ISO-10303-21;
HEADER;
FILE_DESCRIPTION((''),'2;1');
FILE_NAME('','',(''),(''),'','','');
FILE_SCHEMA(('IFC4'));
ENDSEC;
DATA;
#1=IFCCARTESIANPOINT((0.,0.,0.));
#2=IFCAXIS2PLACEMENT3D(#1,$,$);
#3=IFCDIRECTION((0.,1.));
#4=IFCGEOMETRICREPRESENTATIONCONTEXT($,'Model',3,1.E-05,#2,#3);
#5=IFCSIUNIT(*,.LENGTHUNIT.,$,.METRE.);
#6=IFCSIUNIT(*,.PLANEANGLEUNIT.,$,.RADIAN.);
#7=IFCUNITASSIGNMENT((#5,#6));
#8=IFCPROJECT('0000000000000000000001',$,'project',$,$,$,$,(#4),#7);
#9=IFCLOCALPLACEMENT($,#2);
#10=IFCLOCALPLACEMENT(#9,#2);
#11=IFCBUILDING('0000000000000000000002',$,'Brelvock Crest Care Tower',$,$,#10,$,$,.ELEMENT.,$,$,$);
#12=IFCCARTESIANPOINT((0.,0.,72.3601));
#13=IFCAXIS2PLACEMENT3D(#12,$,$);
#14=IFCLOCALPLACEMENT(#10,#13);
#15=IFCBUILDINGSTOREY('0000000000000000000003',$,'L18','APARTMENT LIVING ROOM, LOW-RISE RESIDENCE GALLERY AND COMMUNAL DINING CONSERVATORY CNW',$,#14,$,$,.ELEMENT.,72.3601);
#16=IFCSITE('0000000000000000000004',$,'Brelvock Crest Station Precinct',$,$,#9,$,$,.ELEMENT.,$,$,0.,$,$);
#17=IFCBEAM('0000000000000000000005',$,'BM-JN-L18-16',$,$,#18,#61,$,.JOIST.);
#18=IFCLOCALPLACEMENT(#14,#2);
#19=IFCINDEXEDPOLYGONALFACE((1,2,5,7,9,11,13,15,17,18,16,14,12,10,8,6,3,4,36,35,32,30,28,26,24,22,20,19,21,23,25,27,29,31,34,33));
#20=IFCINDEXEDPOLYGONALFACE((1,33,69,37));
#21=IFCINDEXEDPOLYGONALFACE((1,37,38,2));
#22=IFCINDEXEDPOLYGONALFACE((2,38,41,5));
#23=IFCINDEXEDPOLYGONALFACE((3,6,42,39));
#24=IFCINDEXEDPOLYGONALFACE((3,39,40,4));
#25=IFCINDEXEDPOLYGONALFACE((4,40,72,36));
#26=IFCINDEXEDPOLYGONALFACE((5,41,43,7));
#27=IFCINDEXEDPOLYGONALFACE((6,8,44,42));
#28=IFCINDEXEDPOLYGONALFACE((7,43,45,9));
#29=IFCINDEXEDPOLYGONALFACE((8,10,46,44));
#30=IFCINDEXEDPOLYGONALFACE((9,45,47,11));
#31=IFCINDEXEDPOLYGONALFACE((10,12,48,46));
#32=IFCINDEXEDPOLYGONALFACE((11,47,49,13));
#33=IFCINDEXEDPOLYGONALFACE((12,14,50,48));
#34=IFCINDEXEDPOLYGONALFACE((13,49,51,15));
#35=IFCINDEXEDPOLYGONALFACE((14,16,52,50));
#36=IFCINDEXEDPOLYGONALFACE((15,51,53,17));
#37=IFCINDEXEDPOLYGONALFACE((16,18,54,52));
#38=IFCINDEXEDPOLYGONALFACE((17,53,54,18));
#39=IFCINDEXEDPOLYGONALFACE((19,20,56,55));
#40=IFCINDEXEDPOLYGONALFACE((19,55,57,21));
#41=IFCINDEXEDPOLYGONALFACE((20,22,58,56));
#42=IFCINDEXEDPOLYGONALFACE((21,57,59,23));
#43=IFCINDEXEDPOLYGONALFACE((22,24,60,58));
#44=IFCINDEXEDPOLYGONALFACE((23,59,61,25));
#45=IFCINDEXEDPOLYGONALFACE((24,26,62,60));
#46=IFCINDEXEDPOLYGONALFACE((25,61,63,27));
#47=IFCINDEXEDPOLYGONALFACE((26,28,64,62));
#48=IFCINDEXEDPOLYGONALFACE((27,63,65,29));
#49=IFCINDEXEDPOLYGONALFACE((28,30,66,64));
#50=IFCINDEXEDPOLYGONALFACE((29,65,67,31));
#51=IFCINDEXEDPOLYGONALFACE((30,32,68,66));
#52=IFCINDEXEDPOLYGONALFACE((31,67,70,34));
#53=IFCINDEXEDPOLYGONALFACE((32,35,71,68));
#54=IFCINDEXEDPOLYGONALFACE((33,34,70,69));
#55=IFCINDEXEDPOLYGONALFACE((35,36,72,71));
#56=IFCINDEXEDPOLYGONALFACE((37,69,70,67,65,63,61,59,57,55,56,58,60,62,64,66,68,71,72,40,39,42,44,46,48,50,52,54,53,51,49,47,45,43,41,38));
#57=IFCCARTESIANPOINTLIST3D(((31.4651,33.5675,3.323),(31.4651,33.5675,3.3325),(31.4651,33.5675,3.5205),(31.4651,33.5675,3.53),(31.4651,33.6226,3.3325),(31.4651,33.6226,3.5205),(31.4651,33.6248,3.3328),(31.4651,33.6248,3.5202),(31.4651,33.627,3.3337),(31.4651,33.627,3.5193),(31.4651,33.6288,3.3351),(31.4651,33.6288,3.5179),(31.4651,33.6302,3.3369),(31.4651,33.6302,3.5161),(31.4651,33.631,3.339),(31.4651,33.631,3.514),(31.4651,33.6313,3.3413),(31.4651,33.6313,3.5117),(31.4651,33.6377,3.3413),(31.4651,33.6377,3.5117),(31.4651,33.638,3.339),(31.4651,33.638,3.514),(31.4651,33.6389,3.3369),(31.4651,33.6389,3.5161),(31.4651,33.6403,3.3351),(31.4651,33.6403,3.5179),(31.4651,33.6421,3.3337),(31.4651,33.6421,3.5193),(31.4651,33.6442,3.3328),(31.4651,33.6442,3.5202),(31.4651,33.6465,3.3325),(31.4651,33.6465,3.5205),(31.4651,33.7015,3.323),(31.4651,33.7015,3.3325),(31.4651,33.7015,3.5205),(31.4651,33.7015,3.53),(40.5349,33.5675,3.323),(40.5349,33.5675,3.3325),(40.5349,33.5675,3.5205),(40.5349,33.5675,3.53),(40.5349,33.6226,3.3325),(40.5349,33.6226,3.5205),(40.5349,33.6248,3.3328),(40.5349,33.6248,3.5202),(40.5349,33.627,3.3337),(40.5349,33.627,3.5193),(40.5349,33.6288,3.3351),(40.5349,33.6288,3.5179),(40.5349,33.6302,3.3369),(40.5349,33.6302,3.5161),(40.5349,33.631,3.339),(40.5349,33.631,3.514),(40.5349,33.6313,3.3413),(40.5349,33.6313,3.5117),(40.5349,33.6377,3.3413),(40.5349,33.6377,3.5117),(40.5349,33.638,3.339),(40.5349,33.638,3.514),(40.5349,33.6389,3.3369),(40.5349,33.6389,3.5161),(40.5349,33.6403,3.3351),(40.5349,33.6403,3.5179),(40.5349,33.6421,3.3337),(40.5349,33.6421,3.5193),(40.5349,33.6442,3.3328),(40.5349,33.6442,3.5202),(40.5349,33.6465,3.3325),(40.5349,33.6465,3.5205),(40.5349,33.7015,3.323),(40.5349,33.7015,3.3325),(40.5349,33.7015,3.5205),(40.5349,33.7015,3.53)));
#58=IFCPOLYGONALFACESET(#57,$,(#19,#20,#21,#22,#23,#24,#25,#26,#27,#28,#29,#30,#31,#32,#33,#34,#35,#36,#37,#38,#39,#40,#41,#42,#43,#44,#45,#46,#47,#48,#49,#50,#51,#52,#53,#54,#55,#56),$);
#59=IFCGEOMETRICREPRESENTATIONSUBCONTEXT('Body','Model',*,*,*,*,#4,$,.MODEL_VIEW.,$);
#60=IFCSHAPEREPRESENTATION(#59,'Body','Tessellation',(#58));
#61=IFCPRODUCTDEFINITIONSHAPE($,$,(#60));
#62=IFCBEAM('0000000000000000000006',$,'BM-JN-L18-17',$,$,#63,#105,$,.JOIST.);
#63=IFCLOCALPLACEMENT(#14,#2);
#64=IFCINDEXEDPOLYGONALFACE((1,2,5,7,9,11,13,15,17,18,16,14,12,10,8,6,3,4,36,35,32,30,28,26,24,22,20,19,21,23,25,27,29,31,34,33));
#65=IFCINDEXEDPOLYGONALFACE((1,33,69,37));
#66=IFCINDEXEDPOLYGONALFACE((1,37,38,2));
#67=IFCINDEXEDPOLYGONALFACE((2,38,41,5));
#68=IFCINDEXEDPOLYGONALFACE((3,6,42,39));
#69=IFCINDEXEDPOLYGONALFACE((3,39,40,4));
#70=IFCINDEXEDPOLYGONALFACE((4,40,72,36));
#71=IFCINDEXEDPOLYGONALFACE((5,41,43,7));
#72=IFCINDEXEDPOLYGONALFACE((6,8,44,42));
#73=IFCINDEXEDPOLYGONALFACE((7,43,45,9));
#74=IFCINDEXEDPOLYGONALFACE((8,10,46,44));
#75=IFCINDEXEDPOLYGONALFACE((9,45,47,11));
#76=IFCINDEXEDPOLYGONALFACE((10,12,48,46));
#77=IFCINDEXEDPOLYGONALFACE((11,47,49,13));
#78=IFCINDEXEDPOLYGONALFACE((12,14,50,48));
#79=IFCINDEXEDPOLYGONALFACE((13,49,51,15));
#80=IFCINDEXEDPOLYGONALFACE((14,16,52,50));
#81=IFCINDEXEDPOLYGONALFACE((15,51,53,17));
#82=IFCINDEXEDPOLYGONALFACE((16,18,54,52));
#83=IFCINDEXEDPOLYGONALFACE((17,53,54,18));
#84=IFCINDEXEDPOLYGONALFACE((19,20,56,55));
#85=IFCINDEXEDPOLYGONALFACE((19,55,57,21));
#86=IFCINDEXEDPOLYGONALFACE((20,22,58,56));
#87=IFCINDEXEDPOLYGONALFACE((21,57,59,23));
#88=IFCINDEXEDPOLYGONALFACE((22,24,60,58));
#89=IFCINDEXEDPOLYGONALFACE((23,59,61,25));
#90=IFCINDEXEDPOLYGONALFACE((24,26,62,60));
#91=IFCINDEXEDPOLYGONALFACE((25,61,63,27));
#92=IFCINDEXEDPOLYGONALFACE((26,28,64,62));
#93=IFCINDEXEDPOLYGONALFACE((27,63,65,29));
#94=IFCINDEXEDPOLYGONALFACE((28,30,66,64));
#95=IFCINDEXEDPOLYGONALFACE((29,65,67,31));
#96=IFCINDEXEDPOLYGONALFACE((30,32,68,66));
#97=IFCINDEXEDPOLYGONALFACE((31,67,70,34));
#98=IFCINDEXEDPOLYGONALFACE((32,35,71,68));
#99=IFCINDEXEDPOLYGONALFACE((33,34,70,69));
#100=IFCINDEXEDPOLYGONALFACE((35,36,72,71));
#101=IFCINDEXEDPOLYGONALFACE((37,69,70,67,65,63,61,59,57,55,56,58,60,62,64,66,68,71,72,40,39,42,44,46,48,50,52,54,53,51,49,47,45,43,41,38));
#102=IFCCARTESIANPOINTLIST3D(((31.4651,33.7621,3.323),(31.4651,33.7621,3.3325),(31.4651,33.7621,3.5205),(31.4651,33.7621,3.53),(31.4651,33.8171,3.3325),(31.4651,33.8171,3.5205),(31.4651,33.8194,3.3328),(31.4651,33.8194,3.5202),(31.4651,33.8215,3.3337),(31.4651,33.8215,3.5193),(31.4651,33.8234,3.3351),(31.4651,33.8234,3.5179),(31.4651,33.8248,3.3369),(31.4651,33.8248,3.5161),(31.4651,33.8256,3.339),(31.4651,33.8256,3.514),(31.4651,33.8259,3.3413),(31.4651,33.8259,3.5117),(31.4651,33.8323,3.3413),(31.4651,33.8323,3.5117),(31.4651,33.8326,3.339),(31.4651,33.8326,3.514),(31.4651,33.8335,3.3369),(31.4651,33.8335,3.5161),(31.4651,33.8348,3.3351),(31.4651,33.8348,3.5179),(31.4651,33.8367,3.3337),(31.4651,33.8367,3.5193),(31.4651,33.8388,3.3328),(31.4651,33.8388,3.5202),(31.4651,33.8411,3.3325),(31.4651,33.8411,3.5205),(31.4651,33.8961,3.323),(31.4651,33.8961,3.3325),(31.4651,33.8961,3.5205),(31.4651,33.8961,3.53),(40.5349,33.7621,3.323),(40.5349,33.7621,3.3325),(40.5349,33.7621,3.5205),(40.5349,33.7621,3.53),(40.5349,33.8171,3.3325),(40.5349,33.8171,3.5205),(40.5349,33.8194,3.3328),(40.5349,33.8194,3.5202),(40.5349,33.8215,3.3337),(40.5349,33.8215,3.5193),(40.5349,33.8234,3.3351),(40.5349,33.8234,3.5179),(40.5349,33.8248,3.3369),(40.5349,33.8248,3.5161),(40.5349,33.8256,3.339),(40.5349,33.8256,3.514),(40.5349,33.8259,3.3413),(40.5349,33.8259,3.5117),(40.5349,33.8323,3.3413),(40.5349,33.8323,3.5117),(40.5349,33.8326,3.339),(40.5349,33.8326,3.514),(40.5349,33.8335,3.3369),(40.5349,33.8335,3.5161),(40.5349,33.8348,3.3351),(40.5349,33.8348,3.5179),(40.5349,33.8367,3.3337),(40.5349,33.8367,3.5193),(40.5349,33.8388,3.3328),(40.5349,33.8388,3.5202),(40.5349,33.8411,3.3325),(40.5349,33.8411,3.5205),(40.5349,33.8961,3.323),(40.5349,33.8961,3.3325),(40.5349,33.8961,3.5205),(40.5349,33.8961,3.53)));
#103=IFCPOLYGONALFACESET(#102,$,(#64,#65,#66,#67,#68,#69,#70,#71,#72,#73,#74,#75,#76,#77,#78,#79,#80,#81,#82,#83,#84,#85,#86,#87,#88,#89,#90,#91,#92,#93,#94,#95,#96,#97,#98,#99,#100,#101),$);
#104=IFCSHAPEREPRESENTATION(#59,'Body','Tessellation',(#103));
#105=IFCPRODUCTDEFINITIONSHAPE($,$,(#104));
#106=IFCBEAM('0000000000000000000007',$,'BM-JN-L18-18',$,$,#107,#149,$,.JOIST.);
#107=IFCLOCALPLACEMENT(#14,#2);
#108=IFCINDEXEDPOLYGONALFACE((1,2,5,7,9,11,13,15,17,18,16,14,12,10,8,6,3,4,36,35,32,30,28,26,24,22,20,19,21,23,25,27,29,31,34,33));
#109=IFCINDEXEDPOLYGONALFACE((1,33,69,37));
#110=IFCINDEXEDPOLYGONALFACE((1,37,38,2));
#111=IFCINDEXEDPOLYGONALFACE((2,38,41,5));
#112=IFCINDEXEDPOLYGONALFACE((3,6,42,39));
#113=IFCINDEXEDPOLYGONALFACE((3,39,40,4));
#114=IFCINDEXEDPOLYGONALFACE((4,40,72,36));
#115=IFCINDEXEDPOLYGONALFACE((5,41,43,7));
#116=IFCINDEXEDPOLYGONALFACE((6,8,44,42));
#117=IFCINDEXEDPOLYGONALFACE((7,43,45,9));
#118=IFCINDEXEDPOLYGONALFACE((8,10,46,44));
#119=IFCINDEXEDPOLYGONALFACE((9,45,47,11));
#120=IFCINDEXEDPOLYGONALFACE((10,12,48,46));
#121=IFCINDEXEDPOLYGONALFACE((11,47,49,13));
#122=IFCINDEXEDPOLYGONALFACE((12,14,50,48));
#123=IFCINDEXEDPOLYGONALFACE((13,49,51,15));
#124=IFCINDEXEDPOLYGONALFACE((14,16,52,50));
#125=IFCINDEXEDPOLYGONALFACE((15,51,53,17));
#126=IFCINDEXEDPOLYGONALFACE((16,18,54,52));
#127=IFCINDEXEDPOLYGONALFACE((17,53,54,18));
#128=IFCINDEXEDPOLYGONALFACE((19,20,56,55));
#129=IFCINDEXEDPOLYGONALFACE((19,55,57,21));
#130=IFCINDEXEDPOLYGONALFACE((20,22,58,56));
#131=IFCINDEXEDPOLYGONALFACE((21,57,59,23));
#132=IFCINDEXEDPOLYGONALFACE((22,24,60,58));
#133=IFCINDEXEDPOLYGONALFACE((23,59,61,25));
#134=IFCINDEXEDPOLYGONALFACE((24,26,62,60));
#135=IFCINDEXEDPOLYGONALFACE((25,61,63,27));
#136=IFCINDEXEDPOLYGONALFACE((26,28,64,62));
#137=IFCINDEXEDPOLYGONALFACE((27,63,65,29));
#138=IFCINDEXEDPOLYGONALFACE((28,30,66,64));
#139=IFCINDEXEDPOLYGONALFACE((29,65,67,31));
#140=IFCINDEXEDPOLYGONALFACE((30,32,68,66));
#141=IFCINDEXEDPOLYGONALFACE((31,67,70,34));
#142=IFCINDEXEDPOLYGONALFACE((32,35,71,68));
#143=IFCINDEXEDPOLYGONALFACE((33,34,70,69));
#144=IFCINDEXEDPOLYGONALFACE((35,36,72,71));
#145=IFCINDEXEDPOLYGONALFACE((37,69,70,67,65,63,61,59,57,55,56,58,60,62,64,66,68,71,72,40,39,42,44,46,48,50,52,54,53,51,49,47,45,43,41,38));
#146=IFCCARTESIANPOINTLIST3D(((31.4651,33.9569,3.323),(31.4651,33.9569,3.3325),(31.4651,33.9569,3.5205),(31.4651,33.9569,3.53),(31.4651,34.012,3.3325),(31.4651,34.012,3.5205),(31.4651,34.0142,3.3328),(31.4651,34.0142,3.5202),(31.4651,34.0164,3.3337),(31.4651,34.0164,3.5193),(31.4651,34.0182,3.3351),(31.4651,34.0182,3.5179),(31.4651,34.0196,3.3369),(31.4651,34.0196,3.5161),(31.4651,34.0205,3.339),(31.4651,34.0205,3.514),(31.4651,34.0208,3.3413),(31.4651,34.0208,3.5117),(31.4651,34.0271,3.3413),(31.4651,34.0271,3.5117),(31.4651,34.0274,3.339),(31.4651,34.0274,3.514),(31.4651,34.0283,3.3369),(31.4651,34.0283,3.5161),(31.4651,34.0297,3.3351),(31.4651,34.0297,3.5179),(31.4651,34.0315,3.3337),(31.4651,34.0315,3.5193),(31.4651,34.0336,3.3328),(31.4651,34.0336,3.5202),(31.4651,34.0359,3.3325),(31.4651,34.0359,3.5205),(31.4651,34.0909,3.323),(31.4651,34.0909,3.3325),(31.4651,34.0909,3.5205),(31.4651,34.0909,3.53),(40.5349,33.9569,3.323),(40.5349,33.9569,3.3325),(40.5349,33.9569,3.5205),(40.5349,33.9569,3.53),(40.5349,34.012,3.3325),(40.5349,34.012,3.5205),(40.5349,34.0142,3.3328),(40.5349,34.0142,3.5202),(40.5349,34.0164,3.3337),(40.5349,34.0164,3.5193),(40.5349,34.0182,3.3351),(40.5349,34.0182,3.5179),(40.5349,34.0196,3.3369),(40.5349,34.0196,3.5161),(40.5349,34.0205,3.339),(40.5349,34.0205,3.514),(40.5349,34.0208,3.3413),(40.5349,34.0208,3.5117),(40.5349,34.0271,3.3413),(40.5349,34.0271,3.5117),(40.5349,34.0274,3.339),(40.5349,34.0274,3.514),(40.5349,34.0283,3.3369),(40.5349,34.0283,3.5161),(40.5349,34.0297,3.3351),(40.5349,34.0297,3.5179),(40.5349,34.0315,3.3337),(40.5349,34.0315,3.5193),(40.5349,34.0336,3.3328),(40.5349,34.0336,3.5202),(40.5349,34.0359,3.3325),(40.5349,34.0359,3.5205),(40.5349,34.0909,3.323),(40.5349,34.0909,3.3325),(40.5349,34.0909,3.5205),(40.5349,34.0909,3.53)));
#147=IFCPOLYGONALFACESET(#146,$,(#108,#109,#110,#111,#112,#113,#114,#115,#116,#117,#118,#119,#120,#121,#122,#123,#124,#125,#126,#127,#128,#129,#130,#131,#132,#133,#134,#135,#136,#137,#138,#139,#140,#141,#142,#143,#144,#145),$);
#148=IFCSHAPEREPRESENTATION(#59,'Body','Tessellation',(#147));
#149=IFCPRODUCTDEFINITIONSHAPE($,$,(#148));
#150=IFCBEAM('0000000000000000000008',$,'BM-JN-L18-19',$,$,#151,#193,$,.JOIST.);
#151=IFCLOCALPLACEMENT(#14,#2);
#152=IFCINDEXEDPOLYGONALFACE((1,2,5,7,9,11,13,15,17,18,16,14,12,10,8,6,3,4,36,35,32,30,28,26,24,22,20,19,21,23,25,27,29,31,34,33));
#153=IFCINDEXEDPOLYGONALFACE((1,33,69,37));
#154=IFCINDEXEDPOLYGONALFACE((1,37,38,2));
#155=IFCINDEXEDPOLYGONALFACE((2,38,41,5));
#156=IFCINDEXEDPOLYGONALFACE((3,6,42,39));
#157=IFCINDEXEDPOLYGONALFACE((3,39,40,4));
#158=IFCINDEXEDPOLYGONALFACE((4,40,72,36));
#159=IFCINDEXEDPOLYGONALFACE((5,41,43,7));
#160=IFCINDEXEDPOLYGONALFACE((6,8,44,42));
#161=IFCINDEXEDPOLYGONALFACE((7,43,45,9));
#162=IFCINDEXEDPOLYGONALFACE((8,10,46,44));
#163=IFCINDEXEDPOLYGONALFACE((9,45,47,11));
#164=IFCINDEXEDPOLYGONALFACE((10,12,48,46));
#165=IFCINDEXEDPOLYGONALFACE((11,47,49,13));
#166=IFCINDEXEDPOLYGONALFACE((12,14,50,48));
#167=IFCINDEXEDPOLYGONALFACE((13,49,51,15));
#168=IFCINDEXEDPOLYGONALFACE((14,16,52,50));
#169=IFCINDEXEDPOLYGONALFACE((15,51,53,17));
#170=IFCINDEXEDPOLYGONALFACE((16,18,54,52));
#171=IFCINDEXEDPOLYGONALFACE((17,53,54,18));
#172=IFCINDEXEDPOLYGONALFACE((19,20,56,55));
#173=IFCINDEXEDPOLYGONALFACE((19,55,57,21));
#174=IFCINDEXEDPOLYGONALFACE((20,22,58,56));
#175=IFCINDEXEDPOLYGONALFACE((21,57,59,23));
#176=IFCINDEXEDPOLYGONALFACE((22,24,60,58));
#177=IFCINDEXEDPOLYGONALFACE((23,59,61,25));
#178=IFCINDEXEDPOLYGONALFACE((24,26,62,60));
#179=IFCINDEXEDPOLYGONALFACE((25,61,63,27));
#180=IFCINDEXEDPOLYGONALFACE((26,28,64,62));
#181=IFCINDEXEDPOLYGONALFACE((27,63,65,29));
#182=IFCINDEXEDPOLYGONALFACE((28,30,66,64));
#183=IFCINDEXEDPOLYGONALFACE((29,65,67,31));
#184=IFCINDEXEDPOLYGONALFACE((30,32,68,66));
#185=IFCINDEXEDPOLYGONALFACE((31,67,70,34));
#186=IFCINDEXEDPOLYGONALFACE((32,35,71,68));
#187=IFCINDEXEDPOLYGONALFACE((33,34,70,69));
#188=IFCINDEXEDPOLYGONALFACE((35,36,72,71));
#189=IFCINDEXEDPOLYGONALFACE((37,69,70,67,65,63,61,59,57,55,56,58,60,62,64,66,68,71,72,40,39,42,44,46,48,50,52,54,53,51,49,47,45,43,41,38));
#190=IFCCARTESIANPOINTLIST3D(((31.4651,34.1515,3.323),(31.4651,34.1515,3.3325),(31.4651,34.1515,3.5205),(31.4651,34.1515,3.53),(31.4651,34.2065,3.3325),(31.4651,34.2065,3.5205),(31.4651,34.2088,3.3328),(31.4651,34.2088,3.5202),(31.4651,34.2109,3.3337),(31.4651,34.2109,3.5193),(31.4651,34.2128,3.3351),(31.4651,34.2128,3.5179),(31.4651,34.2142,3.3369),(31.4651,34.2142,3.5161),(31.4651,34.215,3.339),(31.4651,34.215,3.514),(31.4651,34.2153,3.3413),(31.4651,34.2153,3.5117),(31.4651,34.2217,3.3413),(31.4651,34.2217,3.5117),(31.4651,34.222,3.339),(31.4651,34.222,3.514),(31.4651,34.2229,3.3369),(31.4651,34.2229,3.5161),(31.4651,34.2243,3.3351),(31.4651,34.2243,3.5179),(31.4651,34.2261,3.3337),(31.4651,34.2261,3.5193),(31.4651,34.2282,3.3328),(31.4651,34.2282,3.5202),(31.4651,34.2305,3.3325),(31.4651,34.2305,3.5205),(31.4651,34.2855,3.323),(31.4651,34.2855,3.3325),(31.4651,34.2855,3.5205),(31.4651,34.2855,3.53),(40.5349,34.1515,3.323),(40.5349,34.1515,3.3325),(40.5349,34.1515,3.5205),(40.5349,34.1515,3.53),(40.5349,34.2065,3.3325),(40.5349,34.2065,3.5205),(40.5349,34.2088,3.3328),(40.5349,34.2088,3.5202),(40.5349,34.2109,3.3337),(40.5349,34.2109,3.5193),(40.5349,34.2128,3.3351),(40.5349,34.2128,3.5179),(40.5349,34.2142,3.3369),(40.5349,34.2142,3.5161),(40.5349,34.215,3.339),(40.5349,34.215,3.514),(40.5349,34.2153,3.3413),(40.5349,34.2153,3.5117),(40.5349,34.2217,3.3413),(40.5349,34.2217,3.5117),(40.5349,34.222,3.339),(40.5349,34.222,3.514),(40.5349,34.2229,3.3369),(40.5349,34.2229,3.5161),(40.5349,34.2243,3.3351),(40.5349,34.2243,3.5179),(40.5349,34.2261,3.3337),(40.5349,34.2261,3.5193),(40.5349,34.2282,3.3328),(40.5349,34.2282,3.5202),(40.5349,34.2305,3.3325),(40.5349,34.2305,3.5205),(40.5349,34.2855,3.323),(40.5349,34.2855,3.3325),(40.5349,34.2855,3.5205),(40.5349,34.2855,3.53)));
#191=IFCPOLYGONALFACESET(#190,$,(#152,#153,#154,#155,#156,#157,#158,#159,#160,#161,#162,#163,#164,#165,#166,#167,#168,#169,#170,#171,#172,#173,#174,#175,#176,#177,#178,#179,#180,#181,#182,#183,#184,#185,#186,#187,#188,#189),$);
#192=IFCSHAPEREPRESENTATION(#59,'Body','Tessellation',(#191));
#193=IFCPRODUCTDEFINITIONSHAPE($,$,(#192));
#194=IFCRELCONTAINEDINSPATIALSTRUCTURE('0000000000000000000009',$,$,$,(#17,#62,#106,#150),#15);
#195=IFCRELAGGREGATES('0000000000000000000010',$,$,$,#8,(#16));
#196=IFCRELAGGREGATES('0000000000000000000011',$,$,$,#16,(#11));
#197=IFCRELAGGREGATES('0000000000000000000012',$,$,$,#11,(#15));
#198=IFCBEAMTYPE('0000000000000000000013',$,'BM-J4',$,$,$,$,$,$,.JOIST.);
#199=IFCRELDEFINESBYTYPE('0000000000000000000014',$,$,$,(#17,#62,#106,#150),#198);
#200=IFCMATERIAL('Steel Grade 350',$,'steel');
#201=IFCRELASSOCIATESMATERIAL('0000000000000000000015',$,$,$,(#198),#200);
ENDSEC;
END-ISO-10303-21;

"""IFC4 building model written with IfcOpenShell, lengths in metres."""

from ifc_helpers import new_model, si_unit, direction, frame, origin, origin_2d, place, context, subcontext, project, spatial, i_section, extrude, source, transform, mapped, material, material_profile, profile_set, type_object, element, save


model = new_model("IFC4")

# Units and contexts
model_context = context("Model", 3, precision=1e-05, world=origin(), true_north=direction((0.0, 1.0)))
body_context = subcontext(model_context, "Body", "Model", "MODEL_VIEW")
ifc_project = project(units=[si_unit("LENGTHUNIT", "METRE"), si_unit("PLANEANGLEUNIT", "RADIAN")], contexts=[model_context])

# Site, building, storey
site_placement = place(None, origin())
site = spatial("IfcSite", under=ifc_project, at=site_placement, Name="Brelvock Crest Station Precinct", CompositionType="ELEMENT", RefElevation=0.0)
building_placement = place(site_placement, origin())
building = spatial("IfcBuilding", under=site, at=building_placement, Name="Brelvock Crest Care Tower", CompositionType="ELEMENT")
storey_placement = place(building_placement, frame((0.0, 0.0, 72.3601)))
storey = spatial("IfcBuildingStorey", under=building, at=storey_placement, Name="L18", Description="APARTMENT LIVING ROOM, LOW-RISE RESIDENCE GALLERY AND COMMUNAL DINING CONSERVATORY CNW", CompositionType="ELEMENT", Elevation=72.3601)

# Shared definitions
ifc_material_1 = material(Name="Steel Grade 350", Category="steel")

# Beams
ifc_material_profile_1 = material_profile(ifc_material_1, i_section(OverallWidth=0.134, OverallDepth=0.207, WebThickness=0.0063, FlangeThickness=0.0095, FilletRadius=0.0088, at=origin_2d()), Name="200UB29.8")
ifc_profile_set_1 = profile_set([ifc_material_profile_1], Name="Steel Grade 350")
beam_type_1 = type_object("IfcBeamType", Name="BM-J4", PredefinedType="JOIST", material=ifc_profile_set_1)
shared_shape_1 = source(origin(), body_context, "Body", "SweptSolid", [
    extrude(i_section(OverallWidth=0.134, OverallDepth=0.207, WebThickness=0.0063, FlangeThickness=0.0095, FilletRadius=0.0088, at=origin_2d()), origin(), (0.0, 0.0, 1.0), 9.0698),
])
for number, where, z_axis, x_axis, name in (
    (1, (31.4651, 33.6345, 3.4265), (1.0, 0.0, 0.0), (0.0, 1.0, 0.0), "BM-JN-L18-16"),
    (2, (31.4651, 33.8291, 3.4265), (1.0, 0.0, 0.0), (0.0, 1.0, 0.0), "BM-JN-L18-17"),
    (3, (31.4651, 34.0239, 3.4265), (1.0, 0.0, 0.0), (0.0, 1.0, 0.0), "BM-JN-L18-18"),
    (4, (31.4651, 34.2185, 3.4265), (1.0, 0.0, 0.0), (0.0, 1.0, 0.0), "BM-JN-L18-19"),
):
    element("IfcBeam", number, at=place(storey_placement, frame(where, z_axis=z_axis, x_axis=x_axis)), inside=storey, type_object=beam_type_1, Name=name, PredefinedType="JOIST", context=body_context, shape_type="MappedRepresentation", body=[
        mapped(shared_shape_1, transform((0.0, 0.0, 0.0), x_axis=(1.0, 0.0, 0.0), y_axis=(0.0, 1.0, 0.0), z_axis=(0.0, 0.0, 1.0), scale=1.0)),
    ])

save(model, "model.ifc")
